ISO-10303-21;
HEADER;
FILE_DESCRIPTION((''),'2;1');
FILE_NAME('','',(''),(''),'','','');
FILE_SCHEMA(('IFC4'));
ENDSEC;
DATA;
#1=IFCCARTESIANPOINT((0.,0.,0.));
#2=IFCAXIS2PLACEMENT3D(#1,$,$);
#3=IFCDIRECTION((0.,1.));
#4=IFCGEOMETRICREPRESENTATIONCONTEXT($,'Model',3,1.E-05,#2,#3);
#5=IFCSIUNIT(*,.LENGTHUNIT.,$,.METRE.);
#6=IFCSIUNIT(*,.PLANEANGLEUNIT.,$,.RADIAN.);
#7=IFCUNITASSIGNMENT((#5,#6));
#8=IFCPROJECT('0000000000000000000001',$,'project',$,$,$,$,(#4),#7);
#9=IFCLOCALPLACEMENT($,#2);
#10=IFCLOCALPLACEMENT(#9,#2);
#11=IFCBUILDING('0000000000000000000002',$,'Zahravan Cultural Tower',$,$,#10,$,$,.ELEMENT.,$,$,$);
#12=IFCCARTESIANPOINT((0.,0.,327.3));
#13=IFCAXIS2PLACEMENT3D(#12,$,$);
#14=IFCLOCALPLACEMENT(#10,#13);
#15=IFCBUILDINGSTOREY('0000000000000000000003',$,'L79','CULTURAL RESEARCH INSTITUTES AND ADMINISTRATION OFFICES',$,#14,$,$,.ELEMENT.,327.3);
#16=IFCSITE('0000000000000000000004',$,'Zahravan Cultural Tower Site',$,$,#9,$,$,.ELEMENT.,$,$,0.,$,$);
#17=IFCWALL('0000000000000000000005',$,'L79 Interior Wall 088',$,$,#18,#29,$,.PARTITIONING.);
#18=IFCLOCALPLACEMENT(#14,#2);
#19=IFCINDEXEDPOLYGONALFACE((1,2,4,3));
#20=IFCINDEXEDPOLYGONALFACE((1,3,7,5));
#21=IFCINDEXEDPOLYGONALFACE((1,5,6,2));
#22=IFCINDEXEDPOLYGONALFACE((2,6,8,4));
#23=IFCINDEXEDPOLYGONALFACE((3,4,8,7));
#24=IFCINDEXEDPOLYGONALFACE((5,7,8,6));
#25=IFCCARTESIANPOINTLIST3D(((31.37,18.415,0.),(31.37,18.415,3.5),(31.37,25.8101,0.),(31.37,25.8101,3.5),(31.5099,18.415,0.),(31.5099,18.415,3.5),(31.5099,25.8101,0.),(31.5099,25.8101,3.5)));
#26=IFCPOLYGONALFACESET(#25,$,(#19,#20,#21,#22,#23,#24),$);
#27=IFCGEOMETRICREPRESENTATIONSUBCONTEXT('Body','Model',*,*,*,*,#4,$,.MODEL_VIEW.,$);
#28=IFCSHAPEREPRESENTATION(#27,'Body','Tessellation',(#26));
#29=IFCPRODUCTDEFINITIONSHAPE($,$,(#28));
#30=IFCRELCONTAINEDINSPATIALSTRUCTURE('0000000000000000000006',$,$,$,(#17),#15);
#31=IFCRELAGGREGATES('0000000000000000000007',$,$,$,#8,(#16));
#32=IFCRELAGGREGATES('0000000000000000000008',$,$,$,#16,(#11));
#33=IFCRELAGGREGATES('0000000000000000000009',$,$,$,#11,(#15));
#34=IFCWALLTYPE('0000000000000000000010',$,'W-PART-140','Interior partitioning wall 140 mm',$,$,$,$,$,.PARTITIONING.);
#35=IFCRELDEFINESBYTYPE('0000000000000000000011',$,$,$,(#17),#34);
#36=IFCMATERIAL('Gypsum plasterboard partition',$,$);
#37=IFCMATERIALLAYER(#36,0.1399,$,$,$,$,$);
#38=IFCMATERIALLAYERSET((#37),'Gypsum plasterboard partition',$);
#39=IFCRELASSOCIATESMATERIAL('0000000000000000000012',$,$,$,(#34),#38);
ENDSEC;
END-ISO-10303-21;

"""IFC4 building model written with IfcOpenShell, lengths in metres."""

from ifc_helpers import new_model, si_unit, direction, frame, frame_2d, origin, place, context, subcontext, project, spatial, rectangle, extrude, source, transform, mapped, material, layer, layer_set, type_object, element, save


model = new_model("IFC4")

# Units and contexts
model_context = context("Model", 3, precision=1e-05, world=origin(), true_north=direction((0.0, 1.0)))
body_context = subcontext(model_context, "Body", "Model", "MODEL_VIEW")
ifc_project = project(units=[si_unit("LENGTHUNIT", "METRE"), si_unit("PLANEANGLEUNIT", "RADIAN")], contexts=[model_context])

# Site, building, storey
site_placement = place(None, origin())
site = spatial("IfcSite", under=ifc_project, at=site_placement, Name="Zahravan Cultural Tower Site", CompositionType="ELEMENT", RefElevation=0.0)
building_placement = place(site_placement, origin())
building = spatial("IfcBuilding", under=site, at=building_placement, Name="Zahravan Cultural Tower", CompositionType="ELEMENT")
storey_placement = place(building_placement, frame((0.0, 0.0, 327.3)))
storey = spatial("IfcBuildingStorey", under=building, at=storey_placement, Name="L79", Description="CULTURAL RESEARCH INSTITUTES AND ADMINISTRATION OFFICES", CompositionType="ELEMENT", Elevation=327.3)

# Shared definitions
ifc_material_1 = material(Name="Gypsum plasterboard partition")
ifc_layer_1 = layer(ifc_material_1, 0.1399)
ifc_layer_set_1 = layer_set([ifc_layer_1], Name="Gypsum plasterboard partition")
wall_type_1 = type_object("IfcWallType", Name="W-PART-140", Description="Interior partitioning wall 140 mm", PredefinedType="PARTITIONING", material=ifc_layer_set_1)

# Wall
shared_shape_1 = source(origin(), body_context, "Body", "SweptSolid", [
    extrude(rectangle(XDim=7.395, YDim=0.1399, at=frame_2d((3.6975, 0.0))), origin(), (0.0, 0.0, 1.0), 3.5),
])
wall_1_placement = place(storey_placement, frame((31.4399, 18.415, 0.0), z_axis=(0.0, 0.0, 1.0), x_axis=(0.0, 1.0, 0.0)))
element("IfcWall", 1, at=wall_1_placement, inside=storey, type_object=wall_type_1, Name="L79 Interior Wall 088", PredefinedType="PARTITIONING", context=body_context, shape_type="MappedRepresentation", body=[
    mapped(shared_shape_1, transform((0.0, 0.0, 0.0), x_axis=(1.0, 0.0, 0.0), y_axis=(0.0, 1.0, 0.0), z_axis=(0.0, 0.0, 1.0), scale=1.0)),
])

save(model, "model.ifc")
